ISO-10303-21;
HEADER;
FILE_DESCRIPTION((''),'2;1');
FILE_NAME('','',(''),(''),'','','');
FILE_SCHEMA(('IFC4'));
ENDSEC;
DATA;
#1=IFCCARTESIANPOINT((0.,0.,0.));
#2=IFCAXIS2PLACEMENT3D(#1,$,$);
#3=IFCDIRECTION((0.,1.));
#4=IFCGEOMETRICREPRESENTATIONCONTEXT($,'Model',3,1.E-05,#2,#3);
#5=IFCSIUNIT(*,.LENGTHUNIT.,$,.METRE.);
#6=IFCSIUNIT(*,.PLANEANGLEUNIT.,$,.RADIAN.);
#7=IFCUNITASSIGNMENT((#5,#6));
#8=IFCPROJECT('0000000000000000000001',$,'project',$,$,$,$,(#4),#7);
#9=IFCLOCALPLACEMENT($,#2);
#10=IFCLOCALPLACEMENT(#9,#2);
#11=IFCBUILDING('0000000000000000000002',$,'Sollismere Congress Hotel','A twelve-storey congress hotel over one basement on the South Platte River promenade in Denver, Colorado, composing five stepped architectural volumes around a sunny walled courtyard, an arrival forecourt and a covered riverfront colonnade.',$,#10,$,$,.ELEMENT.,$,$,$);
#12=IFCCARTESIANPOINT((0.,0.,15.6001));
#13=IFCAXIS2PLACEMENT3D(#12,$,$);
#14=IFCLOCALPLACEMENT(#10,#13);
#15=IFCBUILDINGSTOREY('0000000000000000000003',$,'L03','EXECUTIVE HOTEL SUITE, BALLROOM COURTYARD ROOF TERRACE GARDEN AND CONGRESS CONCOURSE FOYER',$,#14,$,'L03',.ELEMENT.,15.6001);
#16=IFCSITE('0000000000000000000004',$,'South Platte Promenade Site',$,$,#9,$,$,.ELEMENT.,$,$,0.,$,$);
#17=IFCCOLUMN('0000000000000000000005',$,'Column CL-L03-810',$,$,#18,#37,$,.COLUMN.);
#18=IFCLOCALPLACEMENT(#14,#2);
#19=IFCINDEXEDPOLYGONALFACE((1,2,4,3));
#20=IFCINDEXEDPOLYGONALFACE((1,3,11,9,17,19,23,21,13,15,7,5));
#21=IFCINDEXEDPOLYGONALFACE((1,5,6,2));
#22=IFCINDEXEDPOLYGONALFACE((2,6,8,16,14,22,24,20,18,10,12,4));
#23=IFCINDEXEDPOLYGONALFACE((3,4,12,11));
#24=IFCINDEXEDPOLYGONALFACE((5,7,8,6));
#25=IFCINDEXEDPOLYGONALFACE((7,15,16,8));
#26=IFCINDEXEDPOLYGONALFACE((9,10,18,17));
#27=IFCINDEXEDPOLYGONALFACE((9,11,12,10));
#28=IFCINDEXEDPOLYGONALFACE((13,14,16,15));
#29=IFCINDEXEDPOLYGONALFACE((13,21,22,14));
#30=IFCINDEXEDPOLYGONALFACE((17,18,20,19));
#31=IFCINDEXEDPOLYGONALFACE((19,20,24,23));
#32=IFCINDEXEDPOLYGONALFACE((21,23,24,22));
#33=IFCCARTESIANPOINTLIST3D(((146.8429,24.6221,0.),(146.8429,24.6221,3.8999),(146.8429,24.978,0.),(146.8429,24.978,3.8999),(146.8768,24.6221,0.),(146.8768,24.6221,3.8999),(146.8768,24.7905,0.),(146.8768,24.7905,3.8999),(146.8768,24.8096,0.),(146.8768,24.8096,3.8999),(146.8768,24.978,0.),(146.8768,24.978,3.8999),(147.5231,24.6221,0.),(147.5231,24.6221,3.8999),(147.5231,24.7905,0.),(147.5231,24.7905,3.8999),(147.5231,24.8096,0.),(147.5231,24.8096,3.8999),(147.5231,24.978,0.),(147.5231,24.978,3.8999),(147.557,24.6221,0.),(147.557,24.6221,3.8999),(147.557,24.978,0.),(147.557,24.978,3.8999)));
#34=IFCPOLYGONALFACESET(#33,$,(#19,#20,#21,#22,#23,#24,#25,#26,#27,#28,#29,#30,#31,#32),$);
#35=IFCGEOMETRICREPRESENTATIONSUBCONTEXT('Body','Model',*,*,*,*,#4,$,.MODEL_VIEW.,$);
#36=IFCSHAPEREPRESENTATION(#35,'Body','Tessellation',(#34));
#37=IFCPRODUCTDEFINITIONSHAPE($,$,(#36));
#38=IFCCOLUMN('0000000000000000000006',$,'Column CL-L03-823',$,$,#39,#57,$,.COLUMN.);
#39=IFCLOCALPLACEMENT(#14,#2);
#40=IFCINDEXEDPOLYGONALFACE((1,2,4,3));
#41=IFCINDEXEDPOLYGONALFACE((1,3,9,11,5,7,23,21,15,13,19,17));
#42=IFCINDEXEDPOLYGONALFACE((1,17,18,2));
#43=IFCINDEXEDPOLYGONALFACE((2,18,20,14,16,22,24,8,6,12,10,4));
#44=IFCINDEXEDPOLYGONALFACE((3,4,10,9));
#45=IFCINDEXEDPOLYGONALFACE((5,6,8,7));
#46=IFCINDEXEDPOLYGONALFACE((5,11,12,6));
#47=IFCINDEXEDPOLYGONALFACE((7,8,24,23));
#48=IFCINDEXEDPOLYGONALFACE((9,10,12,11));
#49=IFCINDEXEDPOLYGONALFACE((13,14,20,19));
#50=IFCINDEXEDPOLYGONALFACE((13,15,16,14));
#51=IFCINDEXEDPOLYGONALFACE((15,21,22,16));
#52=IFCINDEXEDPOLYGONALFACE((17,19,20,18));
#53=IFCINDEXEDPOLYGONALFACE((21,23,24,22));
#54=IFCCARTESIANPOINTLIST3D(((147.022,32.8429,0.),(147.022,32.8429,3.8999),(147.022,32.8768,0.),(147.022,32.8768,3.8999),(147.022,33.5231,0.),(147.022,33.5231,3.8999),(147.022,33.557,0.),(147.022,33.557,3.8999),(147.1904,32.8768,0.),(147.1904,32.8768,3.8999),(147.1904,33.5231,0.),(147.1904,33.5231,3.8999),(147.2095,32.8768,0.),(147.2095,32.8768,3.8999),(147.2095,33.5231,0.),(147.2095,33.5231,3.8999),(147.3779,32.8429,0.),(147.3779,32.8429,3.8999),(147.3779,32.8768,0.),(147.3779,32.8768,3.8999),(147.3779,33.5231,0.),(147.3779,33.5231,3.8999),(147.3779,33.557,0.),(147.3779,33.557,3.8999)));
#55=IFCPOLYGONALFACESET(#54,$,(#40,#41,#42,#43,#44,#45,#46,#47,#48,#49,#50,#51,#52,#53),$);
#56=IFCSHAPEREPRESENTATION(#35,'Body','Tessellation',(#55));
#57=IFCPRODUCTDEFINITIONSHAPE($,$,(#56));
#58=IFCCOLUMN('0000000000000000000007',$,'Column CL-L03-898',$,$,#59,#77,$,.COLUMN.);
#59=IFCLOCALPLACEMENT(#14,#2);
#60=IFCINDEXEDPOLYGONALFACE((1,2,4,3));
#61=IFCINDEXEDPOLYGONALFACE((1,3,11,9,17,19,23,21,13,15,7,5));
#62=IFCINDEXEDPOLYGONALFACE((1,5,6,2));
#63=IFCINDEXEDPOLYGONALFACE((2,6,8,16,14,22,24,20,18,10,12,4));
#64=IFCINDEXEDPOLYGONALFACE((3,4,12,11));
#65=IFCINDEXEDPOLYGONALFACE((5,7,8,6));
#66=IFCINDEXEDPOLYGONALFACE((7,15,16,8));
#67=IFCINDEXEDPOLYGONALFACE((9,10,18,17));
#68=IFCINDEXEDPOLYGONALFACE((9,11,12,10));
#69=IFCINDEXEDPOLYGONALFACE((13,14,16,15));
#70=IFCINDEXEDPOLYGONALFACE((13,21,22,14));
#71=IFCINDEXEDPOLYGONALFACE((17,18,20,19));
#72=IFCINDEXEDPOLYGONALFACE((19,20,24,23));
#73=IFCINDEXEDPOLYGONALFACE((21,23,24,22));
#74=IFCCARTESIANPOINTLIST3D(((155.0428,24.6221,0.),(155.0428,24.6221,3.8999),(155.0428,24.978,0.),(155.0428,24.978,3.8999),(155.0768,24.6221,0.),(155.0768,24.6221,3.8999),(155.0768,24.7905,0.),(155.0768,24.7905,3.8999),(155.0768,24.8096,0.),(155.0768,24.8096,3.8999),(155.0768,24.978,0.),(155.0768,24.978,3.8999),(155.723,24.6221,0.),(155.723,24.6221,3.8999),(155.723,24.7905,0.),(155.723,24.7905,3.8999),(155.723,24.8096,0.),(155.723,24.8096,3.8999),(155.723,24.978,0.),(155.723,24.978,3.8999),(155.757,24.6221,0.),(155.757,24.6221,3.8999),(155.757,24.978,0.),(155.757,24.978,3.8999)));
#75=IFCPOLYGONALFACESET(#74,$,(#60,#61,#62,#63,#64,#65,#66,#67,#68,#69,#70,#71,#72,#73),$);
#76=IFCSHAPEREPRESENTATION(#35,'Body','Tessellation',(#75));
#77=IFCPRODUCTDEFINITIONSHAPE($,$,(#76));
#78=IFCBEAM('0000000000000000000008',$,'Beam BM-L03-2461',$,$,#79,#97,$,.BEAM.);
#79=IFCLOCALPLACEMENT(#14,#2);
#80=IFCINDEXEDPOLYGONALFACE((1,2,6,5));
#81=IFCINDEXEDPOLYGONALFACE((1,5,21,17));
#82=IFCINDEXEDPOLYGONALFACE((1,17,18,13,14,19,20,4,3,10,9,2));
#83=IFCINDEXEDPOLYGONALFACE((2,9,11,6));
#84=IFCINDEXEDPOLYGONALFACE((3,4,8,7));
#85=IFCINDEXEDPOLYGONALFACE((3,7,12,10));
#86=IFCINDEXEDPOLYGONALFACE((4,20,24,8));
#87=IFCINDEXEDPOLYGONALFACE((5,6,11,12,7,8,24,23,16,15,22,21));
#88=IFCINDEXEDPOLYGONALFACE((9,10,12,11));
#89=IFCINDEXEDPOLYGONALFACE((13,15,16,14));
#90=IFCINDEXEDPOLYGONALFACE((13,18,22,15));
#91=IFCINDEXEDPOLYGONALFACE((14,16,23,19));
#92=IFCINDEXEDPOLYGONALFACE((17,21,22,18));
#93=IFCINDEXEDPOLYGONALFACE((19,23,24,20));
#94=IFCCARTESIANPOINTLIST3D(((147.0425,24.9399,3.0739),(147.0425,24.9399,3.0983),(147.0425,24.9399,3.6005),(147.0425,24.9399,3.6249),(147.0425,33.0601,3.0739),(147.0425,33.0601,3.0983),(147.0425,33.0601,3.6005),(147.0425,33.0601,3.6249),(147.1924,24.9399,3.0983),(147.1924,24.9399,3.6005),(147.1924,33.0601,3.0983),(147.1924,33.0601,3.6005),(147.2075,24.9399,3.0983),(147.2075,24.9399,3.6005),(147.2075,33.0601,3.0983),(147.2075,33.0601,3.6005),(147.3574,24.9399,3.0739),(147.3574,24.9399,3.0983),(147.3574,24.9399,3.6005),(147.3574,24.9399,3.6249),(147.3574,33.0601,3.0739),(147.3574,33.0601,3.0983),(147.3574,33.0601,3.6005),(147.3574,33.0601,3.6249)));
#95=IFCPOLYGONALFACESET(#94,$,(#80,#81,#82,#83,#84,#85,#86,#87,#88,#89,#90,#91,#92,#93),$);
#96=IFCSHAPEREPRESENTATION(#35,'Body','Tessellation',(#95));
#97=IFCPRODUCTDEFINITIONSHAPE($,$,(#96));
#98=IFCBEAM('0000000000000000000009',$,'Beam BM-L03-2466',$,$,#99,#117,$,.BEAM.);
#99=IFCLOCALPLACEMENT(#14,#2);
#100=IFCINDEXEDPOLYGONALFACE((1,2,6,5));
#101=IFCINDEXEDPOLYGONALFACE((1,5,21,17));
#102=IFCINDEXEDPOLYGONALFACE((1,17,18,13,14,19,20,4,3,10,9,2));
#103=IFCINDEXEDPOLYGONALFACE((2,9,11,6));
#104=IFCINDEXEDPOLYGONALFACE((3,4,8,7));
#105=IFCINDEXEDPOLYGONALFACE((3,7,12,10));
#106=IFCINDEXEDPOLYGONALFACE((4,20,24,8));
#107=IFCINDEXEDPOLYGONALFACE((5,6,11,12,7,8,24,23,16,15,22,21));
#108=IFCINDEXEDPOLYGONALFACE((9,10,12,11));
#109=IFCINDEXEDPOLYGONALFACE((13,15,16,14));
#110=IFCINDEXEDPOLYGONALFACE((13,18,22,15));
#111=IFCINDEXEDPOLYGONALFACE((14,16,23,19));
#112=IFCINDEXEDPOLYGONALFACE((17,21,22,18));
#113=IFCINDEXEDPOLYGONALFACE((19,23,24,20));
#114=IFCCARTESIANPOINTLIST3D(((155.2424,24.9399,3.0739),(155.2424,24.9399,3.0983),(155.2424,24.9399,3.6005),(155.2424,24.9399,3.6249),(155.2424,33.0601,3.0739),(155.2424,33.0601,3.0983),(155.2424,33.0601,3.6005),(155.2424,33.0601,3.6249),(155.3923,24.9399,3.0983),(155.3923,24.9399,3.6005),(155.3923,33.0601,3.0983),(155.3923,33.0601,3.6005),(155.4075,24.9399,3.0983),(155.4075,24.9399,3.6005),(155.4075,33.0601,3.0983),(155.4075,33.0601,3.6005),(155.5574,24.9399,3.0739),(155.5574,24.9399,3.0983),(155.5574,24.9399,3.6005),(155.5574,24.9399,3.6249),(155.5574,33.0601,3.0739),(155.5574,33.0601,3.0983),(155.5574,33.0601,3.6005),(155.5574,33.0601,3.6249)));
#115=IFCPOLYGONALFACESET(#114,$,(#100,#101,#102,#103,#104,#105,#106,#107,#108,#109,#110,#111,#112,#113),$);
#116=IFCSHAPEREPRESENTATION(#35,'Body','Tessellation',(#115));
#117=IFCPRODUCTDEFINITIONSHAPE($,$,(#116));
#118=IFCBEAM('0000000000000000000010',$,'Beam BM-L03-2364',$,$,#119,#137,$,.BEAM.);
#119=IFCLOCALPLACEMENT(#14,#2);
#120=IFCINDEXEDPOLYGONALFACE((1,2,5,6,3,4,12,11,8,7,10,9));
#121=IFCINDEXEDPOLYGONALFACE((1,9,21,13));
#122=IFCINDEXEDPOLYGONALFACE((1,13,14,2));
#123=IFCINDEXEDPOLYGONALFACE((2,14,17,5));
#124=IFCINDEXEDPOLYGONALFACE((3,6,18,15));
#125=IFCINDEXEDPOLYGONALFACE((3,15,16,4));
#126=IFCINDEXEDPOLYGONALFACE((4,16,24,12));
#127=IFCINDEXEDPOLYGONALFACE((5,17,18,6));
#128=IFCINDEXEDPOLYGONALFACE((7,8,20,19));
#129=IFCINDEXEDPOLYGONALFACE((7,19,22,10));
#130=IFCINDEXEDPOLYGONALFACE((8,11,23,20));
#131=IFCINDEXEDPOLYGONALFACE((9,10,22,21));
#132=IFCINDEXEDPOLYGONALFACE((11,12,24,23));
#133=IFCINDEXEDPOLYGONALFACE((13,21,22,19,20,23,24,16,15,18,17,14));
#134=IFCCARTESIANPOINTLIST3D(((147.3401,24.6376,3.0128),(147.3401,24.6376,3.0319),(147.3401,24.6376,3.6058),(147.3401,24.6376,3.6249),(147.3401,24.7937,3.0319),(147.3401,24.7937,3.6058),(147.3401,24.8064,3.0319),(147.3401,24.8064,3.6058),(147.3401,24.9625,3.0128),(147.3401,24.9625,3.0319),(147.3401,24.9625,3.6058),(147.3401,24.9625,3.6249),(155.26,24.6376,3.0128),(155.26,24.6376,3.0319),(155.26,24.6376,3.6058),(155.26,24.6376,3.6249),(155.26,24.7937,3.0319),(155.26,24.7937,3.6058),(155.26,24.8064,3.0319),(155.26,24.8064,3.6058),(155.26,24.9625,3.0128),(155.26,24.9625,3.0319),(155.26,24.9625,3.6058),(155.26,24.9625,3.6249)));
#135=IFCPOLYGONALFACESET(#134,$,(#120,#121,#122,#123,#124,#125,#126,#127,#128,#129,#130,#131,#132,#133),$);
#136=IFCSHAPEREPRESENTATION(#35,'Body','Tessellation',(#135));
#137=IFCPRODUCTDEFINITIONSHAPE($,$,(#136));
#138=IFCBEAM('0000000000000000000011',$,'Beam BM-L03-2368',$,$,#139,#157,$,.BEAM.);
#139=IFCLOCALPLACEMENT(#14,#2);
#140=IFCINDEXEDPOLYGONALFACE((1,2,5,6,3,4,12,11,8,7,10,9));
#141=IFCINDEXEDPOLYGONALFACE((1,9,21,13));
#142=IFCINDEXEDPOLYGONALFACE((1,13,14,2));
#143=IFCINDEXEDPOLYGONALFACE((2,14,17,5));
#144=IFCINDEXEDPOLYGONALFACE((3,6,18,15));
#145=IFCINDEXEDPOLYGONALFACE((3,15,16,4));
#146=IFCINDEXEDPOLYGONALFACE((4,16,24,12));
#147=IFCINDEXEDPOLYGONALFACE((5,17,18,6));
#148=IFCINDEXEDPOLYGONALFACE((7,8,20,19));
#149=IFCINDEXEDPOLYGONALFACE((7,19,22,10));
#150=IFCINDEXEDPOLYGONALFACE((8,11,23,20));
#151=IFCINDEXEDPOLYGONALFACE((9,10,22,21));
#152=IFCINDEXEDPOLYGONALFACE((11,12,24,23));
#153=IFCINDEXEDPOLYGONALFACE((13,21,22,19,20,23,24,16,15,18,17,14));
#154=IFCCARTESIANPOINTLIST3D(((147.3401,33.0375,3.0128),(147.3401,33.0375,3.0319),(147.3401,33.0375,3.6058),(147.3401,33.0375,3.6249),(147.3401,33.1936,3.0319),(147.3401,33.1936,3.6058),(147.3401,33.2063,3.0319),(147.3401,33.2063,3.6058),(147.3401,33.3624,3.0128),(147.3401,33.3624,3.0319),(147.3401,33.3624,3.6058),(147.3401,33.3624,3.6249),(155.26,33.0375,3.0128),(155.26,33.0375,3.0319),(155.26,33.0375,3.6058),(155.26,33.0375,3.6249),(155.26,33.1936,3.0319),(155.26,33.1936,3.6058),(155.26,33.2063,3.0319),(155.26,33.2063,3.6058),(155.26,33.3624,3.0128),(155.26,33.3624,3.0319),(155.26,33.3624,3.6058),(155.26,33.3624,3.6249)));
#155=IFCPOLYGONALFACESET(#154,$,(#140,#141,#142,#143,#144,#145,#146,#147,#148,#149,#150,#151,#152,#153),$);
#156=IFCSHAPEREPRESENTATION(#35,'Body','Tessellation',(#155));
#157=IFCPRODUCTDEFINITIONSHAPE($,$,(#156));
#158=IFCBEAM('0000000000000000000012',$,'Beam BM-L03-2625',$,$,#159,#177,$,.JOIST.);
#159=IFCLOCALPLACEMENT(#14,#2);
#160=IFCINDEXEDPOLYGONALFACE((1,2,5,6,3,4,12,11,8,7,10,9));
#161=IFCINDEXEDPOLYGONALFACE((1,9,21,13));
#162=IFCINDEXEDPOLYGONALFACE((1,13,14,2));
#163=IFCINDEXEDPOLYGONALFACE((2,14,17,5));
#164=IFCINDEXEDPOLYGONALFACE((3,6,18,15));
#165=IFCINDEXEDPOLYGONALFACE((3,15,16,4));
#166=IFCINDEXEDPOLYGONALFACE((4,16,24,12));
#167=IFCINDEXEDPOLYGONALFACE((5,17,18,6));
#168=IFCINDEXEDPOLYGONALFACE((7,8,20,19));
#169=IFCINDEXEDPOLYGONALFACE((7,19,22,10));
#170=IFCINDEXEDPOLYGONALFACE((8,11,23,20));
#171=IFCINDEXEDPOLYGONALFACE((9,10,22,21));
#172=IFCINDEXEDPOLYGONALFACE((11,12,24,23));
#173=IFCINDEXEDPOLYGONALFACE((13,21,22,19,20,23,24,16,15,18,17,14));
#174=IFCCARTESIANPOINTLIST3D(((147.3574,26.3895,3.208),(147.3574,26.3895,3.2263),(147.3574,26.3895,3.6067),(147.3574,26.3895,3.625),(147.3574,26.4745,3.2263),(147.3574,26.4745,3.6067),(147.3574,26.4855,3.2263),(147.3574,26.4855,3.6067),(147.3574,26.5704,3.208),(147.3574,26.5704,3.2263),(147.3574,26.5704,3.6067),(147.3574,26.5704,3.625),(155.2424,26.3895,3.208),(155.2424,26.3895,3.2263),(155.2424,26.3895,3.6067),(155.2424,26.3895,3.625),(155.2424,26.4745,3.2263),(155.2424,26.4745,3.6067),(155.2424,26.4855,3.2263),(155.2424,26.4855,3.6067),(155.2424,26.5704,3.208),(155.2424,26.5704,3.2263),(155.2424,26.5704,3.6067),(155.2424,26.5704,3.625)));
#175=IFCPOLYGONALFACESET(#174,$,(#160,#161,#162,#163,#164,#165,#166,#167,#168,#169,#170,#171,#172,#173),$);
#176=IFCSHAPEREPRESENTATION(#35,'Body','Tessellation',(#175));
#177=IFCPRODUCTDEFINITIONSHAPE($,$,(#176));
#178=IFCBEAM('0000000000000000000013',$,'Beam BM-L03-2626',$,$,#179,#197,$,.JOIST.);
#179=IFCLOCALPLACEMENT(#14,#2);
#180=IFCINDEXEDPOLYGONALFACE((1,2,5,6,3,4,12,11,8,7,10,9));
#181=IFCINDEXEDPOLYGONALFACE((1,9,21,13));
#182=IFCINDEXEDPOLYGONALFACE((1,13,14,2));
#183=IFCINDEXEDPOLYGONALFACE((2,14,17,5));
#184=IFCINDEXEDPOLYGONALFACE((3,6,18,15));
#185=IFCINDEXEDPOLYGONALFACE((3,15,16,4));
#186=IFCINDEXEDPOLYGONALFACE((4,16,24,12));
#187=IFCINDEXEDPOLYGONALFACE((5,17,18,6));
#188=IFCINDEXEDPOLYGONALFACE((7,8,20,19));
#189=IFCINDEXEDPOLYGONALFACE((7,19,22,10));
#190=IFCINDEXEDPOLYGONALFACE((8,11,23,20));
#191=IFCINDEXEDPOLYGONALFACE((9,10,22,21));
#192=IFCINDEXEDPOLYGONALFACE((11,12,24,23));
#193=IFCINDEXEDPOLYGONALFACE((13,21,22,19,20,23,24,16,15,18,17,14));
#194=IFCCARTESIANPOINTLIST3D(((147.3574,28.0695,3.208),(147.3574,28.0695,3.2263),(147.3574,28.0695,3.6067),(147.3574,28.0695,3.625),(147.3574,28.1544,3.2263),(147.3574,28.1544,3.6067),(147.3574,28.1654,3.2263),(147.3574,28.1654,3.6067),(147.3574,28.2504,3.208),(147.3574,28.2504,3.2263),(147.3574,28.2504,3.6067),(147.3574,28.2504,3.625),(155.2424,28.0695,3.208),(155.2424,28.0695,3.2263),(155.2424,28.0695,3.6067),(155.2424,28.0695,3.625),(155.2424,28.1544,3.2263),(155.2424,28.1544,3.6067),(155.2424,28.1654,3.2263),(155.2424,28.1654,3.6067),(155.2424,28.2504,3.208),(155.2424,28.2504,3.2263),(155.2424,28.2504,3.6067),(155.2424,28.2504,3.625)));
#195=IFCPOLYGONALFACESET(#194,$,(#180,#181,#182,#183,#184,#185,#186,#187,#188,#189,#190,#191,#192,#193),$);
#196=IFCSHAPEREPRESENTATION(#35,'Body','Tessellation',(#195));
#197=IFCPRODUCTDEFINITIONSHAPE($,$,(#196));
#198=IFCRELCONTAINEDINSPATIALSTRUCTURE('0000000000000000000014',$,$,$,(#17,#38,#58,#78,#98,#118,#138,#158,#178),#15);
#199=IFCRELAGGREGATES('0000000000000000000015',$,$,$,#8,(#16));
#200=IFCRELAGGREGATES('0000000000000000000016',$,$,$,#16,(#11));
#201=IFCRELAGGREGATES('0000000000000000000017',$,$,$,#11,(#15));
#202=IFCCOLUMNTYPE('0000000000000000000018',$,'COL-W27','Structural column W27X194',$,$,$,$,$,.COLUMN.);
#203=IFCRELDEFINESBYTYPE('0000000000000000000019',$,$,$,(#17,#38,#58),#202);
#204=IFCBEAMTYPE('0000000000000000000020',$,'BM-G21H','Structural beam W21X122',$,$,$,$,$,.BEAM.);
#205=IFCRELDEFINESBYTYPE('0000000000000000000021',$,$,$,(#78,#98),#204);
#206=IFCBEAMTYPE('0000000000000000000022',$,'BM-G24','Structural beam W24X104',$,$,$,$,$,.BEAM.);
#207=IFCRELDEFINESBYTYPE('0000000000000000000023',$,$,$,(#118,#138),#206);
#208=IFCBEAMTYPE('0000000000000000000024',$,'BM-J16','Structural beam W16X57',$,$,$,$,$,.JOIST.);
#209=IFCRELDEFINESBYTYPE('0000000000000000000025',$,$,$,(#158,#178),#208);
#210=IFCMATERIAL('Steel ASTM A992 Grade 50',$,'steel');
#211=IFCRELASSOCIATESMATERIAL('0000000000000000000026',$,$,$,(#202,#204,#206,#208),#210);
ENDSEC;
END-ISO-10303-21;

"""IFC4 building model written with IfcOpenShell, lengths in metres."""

from ifc_helpers import new_model, si_unit, direction, frame, origin, origin_2d, place, context, subcontext, project, spatial, i_section, extrude, material, material_profile, profile_set, type_object, element, save


model = new_model("IFC4")

# Units and contexts
model_context = context("Model", 3, precision=1e-05, world=origin(), true_north=direction((0.0, 1.0)))
body_context = subcontext(model_context, "Body", "Model", "MODEL_VIEW")
ifc_project = project(units=[si_unit("LENGTHUNIT", "METRE"), si_unit("PLANEANGLEUNIT", "RADIAN")], contexts=[model_context])

# Site, building, storey
site_placement = place(None, origin())
site = spatial("IfcSite", under=ifc_project, at=site_placement, Name="South Platte Promenade Site", CompositionType="ELEMENT", RefElevation=0.0)
building_placement = place(site_placement, origin())
building = spatial("IfcBuilding", under=site, at=building_placement, Name="Sollismere Congress Hotel", Description="A twelve-storey congress hotel over one basement on the South Platte River promenade in Denver, Colorado, composing five stepped architectural volumes around a sunny walled courtyard, an arrival forecourt and a covered riverfront colonnade.", CompositionType="ELEMENT")
storey_placement = place(building_placement, frame((0.0, 0.0, 15.6001)))
storey = spatial("IfcBuildingStorey", under=building, at=storey_placement, Name="L03", Description="EXECUTIVE HOTEL SUITE, BALLROOM COURTYARD ROOF TERRACE GARDEN AND CONGRESS CONCOURSE FOYER", LongName="L03", CompositionType="ELEMENT", Elevation=15.6001)

# Columns
ifc_material_1 = material(Name="Steel ASTM A992 Grade 50", Category="steel")
ifc_material_profile_1 = material_profile(ifc_material_1, i_section(OverallWidth=0.356, OverallDepth=0.7141, WebThickness=0.019, FlangeThickness=0.0339, at=origin_2d()), Name="W27X194")
ifc_profile_set_1 = profile_set([ifc_material_profile_1], Name="Steel ASTM A992 Grade 50")
column_type = type_object("IfcColumnType", Name="COL-W27", Description="Structural column W27X194", PredefinedType="COLUMN", material=ifc_profile_set_1)
for number, where, z_axis, x_axis, name in (
    (1, (147.2, 24.8, 0.0), (0.0, 0.0, 1.0), (0.0, 1.0, 0.0), "Column CL-L03-810"),
    (2, (147.2, 33.2, 0.0), (0.0, 0.0, 1.0), (1.0, 0.0, 0.0), "Column CL-L03-823"),
    (3, (155.3999, 24.8, 0.0), (0.0, 0.0, 1.0), (0.0, 1.0, 0.0), "Column CL-L03-898"),
):
    element("IfcColumn", number, at=place(storey_placement, frame(where, z_axis=z_axis, x_axis=x_axis)), inside=storey, type_object=column_type, Name=name, PredefinedType="COLUMN", context=body_context, shape_type="SweptSolid", body=[
        extrude(i_section(OverallWidth=0.356, OverallDepth=0.7141, WebThickness=0.019, FlangeThickness=0.0339, at=origin_2d()), origin(), (0.0, 0.0, 1.0), 3.8999),
    ])

# Beams
ifc_material_profile_2 = material_profile(ifc_material_1, i_section(OverallWidth=0.3149, OverallDepth=0.551, WebThickness=0.0151, FlangeThickness=0.0244, at=origin_2d()), Name="W21X122")
ifc_profile_set_2 = profile_set([ifc_material_profile_2], Name="Steel ASTM A992 Grade 50")
beam_type_1 = type_object("IfcBeamType", Name="BM-G21H", Description="Structural beam W21X122", PredefinedType="BEAM", material=ifc_profile_set_2)
for number, where, z_axis, x_axis, name in (
    (4, (147.2, 24.9399, 3.3494), (0.0, 1.0, 0.0), (-1.0, 0.0, 0.0), "Beam BM-L03-2461"),
    (5, (155.3999, 24.9399, 3.3494), (0.0, 1.0, 0.0), (-1.0, 0.0, 0.0), "Beam BM-L03-2466"),
):
    element("IfcBeam", number, at=place(storey_placement, frame(where, z_axis=z_axis, x_axis=x_axis)), inside=storey, type_object=beam_type_1, Name=name, PredefinedType="BEAM", context=body_context, shape_type="SweptSolid", body=[
        extrude(i_section(OverallWidth=0.3149, OverallDepth=0.551, WebThickness=0.0151, FlangeThickness=0.0244, at=origin_2d()), origin(), (0.0, 0.0, 1.0), 8.1201),
    ])
ifc_material_profile_3 = material_profile(ifc_material_1, i_section(OverallWidth=0.325, OverallDepth=0.6121, WebThickness=0.0127, FlangeThickness=0.019, at=origin_2d()), Name="W24X104")
ifc_profile_set_3 = profile_set([ifc_material_profile_3], Name="Steel ASTM A992 Grade 50")
beam_type_2 = type_object("IfcBeamType", Name="BM-G24", Description="Structural beam W24X104", PredefinedType="BEAM", material=ifc_profile_set_3)
for number, where, z_axis, x_axis, name in (
    (6, (147.3401, 24.8, 3.3188), (1.0, 0.0, 0.0), (0.0, 1.0, 0.0), "Beam BM-L03-2364"),
    (7, (147.3401, 33.2, 3.3188), (1.0, 0.0, 0.0), (0.0, 1.0, 0.0), "Beam BM-L03-2368"),
):
    element("IfcBeam", number, at=place(storey_placement, frame(where, z_axis=z_axis, x_axis=x_axis)), inside=storey, type_object=beam_type_2, Name=name, PredefinedType="BEAM", context=body_context, shape_type="SweptSolid", body=[
        extrude(i_section(OverallWidth=0.325, OverallDepth=0.6121, WebThickness=0.0127, FlangeThickness=0.019, at=origin_2d()), origin(), (0.0, 0.0, 1.0), 7.9199),
    ])
ifc_material_profile_4 = material_profile(ifc_material_1, i_section(OverallWidth=0.1809, OverallDepth=0.417, WebThickness=0.011, FlangeThickness=0.0183, at=origin_2d()), Name="W16X57")
ifc_profile_set_4 = profile_set([ifc_material_profile_4], Name="Steel ASTM A992 Grade 50")
beam_type_3 = type_object("IfcBeamType", Name="BM-J16", Description="Structural beam W16X57", PredefinedType="JOIST", material=ifc_profile_set_4)
for number, where, z_axis, x_axis, name in (
    (8, (147.3574, 26.48, 3.4165), (1.0, 0.0, 0.0), (0.0, 1.0, 0.0), "Beam BM-L03-2625"),
    (9, (147.3574, 28.1599, 3.4165), (1.0, 0.0, 0.0), (0.0, 1.0, 0.0), "Beam BM-L03-2626"),
):
    element("IfcBeam", number, at=place(storey_placement, frame(where, z_axis=z_axis, x_axis=x_axis)), inside=storey, type_object=beam_type_3, Name=name, PredefinedType="JOIST", context=body_context, shape_type="SweptSolid", body=[
        extrude(i_section(OverallWidth=0.1809, OverallDepth=0.417, WebThickness=0.011, FlangeThickness=0.0183, at=origin_2d()), origin(), (0.0, 0.0, 1.0), 7.885),
    ])

save(model, "model.ifc")
